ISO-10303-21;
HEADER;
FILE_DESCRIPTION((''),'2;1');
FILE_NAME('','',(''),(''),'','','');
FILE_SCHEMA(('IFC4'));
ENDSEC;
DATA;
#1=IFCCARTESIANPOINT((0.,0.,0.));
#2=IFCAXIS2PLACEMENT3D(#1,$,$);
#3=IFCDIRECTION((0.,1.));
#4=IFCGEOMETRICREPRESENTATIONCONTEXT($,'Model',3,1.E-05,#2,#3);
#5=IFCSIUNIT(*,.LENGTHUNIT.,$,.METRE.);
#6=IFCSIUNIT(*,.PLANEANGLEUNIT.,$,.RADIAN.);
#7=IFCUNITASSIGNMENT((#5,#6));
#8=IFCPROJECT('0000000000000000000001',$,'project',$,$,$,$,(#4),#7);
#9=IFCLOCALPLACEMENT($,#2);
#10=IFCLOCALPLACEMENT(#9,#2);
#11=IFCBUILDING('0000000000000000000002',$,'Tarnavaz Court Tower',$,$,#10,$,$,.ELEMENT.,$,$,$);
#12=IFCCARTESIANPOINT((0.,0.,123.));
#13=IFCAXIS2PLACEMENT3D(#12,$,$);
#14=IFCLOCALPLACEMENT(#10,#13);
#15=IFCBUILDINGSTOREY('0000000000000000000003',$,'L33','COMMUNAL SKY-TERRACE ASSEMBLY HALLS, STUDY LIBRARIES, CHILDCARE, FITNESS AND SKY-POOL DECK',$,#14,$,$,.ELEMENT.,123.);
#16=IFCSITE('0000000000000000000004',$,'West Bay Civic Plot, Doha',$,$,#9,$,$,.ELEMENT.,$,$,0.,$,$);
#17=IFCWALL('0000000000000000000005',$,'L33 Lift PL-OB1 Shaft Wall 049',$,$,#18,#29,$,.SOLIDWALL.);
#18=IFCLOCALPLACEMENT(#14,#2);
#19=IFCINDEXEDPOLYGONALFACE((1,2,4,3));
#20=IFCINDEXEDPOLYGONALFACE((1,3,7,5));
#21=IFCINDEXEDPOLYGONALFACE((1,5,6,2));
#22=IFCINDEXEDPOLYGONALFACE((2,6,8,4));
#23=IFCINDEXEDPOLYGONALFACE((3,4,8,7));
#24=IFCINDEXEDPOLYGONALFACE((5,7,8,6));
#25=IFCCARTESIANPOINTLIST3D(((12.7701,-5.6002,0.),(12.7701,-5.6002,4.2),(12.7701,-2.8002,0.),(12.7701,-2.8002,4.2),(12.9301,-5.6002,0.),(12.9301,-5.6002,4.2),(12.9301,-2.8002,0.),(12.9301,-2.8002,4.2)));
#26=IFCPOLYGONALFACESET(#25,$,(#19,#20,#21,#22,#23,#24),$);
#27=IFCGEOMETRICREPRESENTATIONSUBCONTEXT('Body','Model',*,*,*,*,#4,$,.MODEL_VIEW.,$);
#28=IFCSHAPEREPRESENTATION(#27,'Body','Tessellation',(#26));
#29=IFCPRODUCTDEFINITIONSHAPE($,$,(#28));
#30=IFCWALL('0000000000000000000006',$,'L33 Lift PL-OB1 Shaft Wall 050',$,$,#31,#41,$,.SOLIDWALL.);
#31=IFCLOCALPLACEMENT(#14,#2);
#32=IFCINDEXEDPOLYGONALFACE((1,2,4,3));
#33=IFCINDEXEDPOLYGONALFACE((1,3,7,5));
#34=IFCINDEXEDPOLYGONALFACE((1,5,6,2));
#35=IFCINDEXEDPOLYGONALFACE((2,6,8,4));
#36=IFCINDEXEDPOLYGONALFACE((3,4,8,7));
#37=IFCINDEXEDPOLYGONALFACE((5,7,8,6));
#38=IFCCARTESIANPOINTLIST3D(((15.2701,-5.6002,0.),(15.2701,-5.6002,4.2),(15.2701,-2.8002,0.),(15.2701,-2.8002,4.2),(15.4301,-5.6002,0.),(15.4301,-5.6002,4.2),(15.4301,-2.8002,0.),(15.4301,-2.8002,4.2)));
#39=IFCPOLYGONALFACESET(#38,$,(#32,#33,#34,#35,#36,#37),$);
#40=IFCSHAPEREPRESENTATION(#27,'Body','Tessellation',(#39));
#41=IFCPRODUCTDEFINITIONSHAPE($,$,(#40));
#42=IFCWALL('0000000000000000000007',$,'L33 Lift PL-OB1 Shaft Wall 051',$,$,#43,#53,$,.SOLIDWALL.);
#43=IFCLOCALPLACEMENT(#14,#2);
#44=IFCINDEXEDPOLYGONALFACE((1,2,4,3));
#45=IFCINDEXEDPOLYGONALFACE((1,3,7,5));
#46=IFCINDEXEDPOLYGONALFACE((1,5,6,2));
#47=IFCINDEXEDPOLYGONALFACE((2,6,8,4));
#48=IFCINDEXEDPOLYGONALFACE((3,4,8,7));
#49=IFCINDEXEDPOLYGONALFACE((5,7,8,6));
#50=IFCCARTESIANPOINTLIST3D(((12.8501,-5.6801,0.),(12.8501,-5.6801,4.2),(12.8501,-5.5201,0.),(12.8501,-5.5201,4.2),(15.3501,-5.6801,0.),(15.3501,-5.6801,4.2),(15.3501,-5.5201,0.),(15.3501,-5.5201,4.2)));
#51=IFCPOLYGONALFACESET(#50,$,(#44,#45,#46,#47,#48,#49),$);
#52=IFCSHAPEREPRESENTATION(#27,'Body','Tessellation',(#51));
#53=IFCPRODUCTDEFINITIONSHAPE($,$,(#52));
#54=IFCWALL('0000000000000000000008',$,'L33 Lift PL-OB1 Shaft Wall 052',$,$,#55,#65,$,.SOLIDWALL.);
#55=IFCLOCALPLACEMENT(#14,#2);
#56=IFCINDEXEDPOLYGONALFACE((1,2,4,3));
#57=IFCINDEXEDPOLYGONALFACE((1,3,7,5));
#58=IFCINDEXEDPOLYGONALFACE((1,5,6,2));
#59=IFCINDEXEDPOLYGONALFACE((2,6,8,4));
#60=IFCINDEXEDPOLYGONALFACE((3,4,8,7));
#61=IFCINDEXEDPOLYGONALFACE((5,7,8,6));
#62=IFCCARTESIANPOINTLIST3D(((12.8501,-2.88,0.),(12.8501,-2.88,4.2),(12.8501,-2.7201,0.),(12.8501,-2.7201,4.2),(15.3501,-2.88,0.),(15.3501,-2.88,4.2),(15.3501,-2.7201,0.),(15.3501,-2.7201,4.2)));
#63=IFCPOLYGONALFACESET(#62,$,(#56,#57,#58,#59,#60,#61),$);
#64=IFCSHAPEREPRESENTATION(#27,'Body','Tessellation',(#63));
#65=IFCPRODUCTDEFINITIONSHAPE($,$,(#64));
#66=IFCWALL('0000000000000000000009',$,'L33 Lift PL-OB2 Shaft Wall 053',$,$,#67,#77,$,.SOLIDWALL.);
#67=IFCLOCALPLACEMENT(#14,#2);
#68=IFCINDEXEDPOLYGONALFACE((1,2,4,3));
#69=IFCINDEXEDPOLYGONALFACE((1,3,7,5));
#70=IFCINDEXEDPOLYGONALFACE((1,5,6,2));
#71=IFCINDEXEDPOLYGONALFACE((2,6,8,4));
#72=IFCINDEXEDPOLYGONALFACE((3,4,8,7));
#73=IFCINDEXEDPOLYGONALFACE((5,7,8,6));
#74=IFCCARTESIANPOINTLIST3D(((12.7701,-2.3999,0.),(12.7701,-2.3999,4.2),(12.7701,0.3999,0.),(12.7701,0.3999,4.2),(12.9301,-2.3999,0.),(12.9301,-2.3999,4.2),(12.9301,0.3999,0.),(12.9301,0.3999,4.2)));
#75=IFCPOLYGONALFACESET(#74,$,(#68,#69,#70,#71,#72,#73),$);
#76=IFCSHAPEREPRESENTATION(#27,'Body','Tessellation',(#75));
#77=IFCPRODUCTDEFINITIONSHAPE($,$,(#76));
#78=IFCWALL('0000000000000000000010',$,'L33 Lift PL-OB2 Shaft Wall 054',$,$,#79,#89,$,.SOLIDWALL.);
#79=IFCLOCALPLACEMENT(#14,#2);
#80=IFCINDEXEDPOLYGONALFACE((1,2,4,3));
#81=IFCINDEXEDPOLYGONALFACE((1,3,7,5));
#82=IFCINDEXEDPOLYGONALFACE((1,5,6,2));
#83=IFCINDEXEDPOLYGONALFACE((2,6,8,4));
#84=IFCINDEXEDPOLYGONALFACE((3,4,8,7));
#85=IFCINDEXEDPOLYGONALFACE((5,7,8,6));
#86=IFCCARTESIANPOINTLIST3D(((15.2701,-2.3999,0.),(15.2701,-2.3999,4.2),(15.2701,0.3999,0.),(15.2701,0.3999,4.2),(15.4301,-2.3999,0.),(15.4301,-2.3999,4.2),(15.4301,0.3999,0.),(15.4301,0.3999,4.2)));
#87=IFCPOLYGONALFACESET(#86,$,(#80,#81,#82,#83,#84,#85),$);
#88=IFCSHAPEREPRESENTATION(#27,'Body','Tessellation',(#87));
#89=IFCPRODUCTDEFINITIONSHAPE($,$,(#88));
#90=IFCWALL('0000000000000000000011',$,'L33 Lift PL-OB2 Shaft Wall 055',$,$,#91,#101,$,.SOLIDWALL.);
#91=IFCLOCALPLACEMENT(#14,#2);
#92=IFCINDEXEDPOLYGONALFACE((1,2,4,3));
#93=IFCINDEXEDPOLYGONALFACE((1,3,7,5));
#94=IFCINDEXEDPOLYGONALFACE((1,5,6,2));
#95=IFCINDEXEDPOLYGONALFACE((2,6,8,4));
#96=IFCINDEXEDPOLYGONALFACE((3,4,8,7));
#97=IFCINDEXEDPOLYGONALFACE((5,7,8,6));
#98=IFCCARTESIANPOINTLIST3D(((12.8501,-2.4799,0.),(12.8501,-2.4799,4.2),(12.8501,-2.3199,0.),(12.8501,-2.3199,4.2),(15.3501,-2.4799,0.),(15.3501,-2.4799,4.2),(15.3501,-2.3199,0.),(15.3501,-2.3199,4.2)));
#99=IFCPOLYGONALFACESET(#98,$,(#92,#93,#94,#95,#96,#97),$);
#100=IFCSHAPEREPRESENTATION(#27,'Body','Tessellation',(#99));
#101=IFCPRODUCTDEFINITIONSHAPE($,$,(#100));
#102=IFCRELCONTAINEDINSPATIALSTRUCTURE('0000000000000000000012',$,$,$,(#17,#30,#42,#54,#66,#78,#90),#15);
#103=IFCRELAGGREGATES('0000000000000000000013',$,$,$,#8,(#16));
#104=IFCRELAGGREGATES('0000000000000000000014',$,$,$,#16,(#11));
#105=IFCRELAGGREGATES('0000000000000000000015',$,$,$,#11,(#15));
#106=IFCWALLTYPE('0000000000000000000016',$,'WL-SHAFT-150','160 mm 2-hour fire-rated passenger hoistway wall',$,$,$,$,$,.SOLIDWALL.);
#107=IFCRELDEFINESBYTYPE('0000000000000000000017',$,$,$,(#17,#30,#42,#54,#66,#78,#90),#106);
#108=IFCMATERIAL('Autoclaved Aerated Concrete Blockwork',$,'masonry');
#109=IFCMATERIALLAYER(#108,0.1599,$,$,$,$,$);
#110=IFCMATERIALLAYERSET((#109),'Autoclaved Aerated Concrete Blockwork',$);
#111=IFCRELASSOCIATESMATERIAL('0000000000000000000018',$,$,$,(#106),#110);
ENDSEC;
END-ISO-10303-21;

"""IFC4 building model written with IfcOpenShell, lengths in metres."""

from ifc_helpers import new_model, si_unit, direction, frame, frame_2d, origin, place, context, subcontext, project, spatial, rectangle, extrude, material, layer, layer_set, type_object, element, save


model = new_model("IFC4")

# Units and contexts
model_context = context("Model", 3, precision=1e-05, world=origin(), true_north=direction((0.0, 1.0)))
body_context = subcontext(model_context, "Body", "Model", "MODEL_VIEW")
ifc_project = project(units=[si_unit("LENGTHUNIT", "METRE"), si_unit("PLANEANGLEUNIT", "RADIAN")], contexts=[model_context])

# Site, building, storey
site_placement = place(None, origin())
site = spatial("IfcSite", under=ifc_project, at=site_placement, Name="West Bay Civic Plot, Doha", CompositionType="ELEMENT", RefElevation=0.0)
building_placement = place(site_placement, origin())
building = spatial("IfcBuilding", under=site, at=building_placement, Name="Tarnavaz Court Tower", CompositionType="ELEMENT")
storey_placement = place(building_placement, frame((0.0, 0.0, 123.0)))
storey = spatial("IfcBuildingStorey", under=building, at=storey_placement, Name="L33", Description="COMMUNAL SKY-TERRACE ASSEMBLY HALLS, STUDY LIBRARIES, CHILDCARE, FITNESS AND SKY-POOL DECK", CompositionType="ELEMENT", Elevation=123.0)

# Shared definitions
ifc_material_1 = material(Name="Autoclaved Aerated Concrete Blockwork", Category="masonry")
ifc_layer_1 = layer(ifc_material_1, 0.1599)
ifc_layer_set_1 = layer_set([ifc_layer_1], Name="Autoclaved Aerated Concrete Blockwork")
wall_type_1 = type_object("IfcWallType", Name="WL-SHAFT-150", Description="160 mm 2-hour fire-rated passenger hoistway wall", PredefinedType="SOLIDWALL", material=ifc_layer_set_1)

# Walls
for number, where, z_axis, x_axis, name in (
    (1, (12.8501, -5.6001, 0.0), (0.0, 0.0, 1.0), (0.0, 1.0, 0.0), "L33 Lift PL-OB1 Shaft Wall 049"),
    (2, (15.3501, -5.6001, 0.0), (0.0, 0.0, 1.0), (0.0, 1.0, 0.0), "L33 Lift PL-OB1 Shaft Wall 050"),
):
    element("IfcWall", number, at=place(storey_placement, frame(where, z_axis=z_axis, x_axis=x_axis)), inside=storey, type_object=wall_type_1, Name=name, PredefinedType="SOLIDWALL", context=body_context, shape_type="SweptSolid", body=[
        extrude(rectangle(XDim=2.8, YDim=0.1599, at=frame_2d((1.3999, 0.0))), origin(), (0.0, 0.0, 1.0), 4.2),
    ])
for number, where, z_axis, x_axis, name in (
    (3, (12.8501, -5.6001, 0.0), (0.0, 0.0, 1.0), (1.0, 0.0, 0.0), "L33 Lift PL-OB1 Shaft Wall 051"),
    (4, (12.8501, -2.8, 0.0), (0.0, 0.0, 1.0), (1.0, 0.0, 0.0), "L33 Lift PL-OB1 Shaft Wall 052"),
):
    element("IfcWall", number, at=place(storey_placement, frame(where, z_axis=z_axis, x_axis=x_axis)), inside=storey, type_object=wall_type_1, Name=name, PredefinedType="SOLIDWALL", context=body_context, shape_type="SweptSolid", body=[
        extrude(rectangle(XDim=2.5, YDim=0.1599, at=frame_2d((1.25, 0.0))), origin(), (0.0, 0.0, 1.0), 4.2),
    ])
for number, where, z_axis, x_axis, name in (
    (5, (12.8501, -2.3999, 0.0), (0.0, 0.0, 1.0), (0.0, 1.0, 0.0), "L33 Lift PL-OB2 Shaft Wall 053"),
    (6, (15.3501, -2.3999, 0.0), (0.0, 0.0, 1.0), (0.0, 1.0, 0.0), "L33 Lift PL-OB2 Shaft Wall 054"),
):
    element("IfcWall", number, at=place(storey_placement, frame(where, z_axis=z_axis, x_axis=x_axis)), inside=storey, type_object=wall_type_1, Name=name, PredefinedType="SOLIDWALL", context=body_context, shape_type="SweptSolid", body=[
        extrude(rectangle(XDim=2.7998, YDim=0.1599, at=frame_2d((1.3999, 0.0))), origin(), (0.0, 0.0, 1.0), 4.2),
    ])
wall_1_placement = place(storey_placement, frame((12.8501, -2.3999, 0.0), z_axis=(0.0, 0.0, 1.0), x_axis=(1.0, 0.0, 0.0)))
element("IfcWall", 7, at=wall_1_placement, inside=storey, type_object=wall_type_1, Name="L33 Lift PL-OB2 Shaft Wall 055", PredefinedType="SOLIDWALL", context=body_context, shape_type="SweptSolid", body=[
    extrude(rectangle(XDim=2.5, YDim=0.1599, at=frame_2d((1.25, 0.0))), origin(), (0.0, 0.0, 1.0), 4.2),
])

save(model, "model.ifc")
